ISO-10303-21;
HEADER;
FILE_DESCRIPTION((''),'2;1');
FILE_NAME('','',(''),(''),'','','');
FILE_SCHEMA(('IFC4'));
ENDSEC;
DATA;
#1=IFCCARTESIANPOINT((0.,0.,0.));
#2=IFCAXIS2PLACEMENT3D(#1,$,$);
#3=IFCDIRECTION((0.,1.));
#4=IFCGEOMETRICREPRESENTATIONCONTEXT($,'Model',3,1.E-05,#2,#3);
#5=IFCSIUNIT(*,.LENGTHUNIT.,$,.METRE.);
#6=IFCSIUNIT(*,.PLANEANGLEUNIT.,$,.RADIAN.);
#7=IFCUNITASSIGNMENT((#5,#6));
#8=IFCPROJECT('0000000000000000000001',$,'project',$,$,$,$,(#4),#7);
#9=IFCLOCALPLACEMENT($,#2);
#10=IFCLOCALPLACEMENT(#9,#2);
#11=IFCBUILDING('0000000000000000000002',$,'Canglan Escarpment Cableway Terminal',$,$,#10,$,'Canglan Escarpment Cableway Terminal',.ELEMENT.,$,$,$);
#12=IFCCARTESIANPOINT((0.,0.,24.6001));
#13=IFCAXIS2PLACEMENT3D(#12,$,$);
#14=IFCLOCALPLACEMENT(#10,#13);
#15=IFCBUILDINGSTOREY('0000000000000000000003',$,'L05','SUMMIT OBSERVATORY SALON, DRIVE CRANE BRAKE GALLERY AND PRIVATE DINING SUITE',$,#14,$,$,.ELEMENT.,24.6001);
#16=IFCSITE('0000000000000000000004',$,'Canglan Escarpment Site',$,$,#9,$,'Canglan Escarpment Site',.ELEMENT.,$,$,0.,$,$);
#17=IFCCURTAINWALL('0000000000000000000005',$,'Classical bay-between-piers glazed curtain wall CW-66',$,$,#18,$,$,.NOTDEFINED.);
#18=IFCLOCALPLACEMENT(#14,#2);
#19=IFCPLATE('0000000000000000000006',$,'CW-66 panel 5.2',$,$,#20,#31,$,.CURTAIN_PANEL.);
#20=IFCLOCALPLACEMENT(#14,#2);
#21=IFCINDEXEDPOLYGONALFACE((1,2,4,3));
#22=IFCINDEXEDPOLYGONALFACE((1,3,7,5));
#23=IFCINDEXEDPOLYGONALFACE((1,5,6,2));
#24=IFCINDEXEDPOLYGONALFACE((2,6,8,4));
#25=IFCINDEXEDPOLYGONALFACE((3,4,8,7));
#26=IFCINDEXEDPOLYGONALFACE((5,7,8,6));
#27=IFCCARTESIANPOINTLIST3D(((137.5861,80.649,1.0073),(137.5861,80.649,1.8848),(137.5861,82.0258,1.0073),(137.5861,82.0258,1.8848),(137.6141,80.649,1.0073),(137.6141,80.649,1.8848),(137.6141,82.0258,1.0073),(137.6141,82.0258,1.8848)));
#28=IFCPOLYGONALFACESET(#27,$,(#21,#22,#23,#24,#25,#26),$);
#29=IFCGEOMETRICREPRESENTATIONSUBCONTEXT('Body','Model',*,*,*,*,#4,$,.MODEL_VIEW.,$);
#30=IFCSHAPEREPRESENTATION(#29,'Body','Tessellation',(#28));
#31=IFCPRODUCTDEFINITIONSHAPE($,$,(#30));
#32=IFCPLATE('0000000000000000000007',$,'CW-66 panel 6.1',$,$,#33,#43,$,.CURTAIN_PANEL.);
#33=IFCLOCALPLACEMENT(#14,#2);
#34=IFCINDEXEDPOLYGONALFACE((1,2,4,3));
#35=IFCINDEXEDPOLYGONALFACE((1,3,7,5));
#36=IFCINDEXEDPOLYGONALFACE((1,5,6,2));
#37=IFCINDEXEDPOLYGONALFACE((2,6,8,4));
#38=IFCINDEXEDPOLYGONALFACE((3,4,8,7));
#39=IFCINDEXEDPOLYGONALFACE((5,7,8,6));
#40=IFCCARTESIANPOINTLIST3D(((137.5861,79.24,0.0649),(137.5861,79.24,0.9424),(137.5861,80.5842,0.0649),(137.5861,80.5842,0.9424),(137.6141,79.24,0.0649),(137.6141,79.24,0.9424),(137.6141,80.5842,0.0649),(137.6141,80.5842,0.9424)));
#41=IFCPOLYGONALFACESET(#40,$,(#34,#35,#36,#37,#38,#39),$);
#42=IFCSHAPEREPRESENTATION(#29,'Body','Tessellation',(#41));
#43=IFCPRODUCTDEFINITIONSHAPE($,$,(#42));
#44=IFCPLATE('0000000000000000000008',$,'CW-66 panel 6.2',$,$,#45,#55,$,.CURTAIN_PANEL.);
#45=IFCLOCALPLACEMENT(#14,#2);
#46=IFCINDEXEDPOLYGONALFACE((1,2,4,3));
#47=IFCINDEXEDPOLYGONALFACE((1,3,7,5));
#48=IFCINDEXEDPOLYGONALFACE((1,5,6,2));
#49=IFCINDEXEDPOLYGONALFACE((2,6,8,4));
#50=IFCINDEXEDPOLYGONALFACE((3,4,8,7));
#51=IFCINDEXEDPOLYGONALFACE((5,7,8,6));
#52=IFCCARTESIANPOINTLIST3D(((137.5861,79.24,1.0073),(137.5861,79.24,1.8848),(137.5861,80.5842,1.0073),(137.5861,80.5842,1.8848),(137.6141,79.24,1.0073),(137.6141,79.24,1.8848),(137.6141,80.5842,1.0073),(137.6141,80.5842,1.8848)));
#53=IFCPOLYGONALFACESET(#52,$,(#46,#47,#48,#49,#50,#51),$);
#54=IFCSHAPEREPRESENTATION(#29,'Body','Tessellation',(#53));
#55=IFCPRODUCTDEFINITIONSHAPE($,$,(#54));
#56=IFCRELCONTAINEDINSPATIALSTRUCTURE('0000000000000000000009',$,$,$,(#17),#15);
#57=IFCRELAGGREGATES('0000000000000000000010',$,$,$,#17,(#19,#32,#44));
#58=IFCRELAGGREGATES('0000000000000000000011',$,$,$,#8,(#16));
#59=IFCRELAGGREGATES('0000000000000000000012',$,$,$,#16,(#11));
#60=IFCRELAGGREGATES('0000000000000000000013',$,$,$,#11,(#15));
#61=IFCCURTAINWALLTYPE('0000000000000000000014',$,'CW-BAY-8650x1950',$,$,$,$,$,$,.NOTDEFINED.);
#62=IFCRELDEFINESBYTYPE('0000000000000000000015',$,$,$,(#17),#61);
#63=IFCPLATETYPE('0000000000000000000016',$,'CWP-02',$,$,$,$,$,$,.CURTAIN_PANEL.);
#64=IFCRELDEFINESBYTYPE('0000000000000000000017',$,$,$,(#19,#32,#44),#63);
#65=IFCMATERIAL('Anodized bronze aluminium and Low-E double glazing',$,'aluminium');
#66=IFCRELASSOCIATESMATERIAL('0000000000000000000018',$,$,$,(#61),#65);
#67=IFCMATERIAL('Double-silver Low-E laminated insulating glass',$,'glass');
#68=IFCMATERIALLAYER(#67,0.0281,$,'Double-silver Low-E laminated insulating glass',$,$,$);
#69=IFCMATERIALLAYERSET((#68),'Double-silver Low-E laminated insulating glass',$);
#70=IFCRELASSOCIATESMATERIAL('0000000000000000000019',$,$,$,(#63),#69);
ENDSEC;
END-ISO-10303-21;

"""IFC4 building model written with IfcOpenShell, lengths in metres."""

from ifc_helpers import new_model, si_unit, direction, frame, origin, origin_2d, place, context, subcontext, project, spatial, rectangle, extrude, material, layer, layer_set, type_object, element, aggregate, save


model = new_model("IFC4")

# Units and contexts
model_context = context("Model", 3, precision=1e-05, world=origin(), true_north=direction((0.0, 1.0)))
body_context = subcontext(model_context, "Body", "Model", "MODEL_VIEW")
ifc_project = project(units=[si_unit("LENGTHUNIT", "METRE"), si_unit("PLANEANGLEUNIT", "RADIAN")], contexts=[model_context])

# Site, building, storey
site_placement = place(None, origin())
site = spatial("IfcSite", under=ifc_project, at=site_placement, Name="Canglan Escarpment Site", LongName="Canglan Escarpment Site", CompositionType="ELEMENT", RefElevation=0.0)
building_placement = place(site_placement, origin())
building = spatial("IfcBuilding", under=site, at=building_placement, Name="Canglan Escarpment Cableway Terminal", LongName="Canglan Escarpment Cableway Terminal", CompositionType="ELEMENT")
storey_placement = place(building_placement, frame((0.0, 0.0, 24.6001)))
storey = spatial("IfcBuildingStorey", under=building, at=storey_placement, Name="L05", Description="SUMMIT OBSERVATORY SALON, DRIVE CRANE BRAKE GALLERY AND PRIVATE DINING SUITE", CompositionType="ELEMENT", Elevation=24.6001)

# Curtain wall, plates
ifc_material_1 = material(Name="Anodized bronze aluminium and Low-E double glazing", Category="aluminium")
curtain_wall_type = type_object("IfcCurtainWallType", Name="CW-BAY-8650x1950", PredefinedType="NOTDEFINED", material=ifc_material_1)
curtain_wall_placement = place(storey_placement, origin())
curtain_wall = element("IfcCurtainWall", 1, at=curtain_wall_placement, inside=storey, type_object=curtain_wall_type, Name="Classical bay-between-piers glazed curtain wall CW-66", PredefinedType="NOTDEFINED")
ifc_material_2 = material(Name="Double-silver Low-E laminated insulating glass", Category="glass")
ifc_layer = layer(ifc_material_2, 0.0281, Name="Double-silver Low-E laminated insulating glass")
ifc_layer_set = layer_set([ifc_layer], Name="Double-silver Low-E laminated insulating glass")
plate_type = type_object("IfcPlateType", Name="CWP-02", PredefinedType="CURTAIN_PANEL", material=ifc_layer_set)
plate_1_placement = place(storey_placement, frame((137.6001, 81.3374, 1.0073), z_axis=(0.0, 0.0, 1.0), x_axis=(0.0, -1.0, 0.0)))
plate_1 = element("IfcPlate", 2, at=plate_1_placement, type_object=plate_type, Name="CW-66 panel 5.2", PredefinedType="CURTAIN_PANEL", context=body_context, shape_type="SweptSolid", body=[
    extrude(rectangle(XDim=1.3767, YDim=0.0281, at=origin_2d()), origin(), (0.0, 0.0, 1.0), 0.8774),
])
plate_2_placement = place(storey_placement, frame((137.6001, 79.9121, 0.0649), z_axis=(0.0, 0.0, 1.0), x_axis=(0.0, -1.0, 0.0)))
plate_2 = element("IfcPlate", 3, at=plate_2_placement, type_object=plate_type, Name="CW-66 panel 6.1", PredefinedType="CURTAIN_PANEL", context=body_context, shape_type="SweptSolid", body=[
    extrude(rectangle(XDim=1.3442, YDim=0.0281, at=origin_2d()), origin(), (0.0, 0.0, 1.0), 0.8774),
])
plate_3_placement = place(storey_placement, frame((137.6001, 79.9121, 1.0073), z_axis=(0.0, 0.0, 1.0), x_axis=(0.0, -1.0, 0.0)))
plate_3 = element("IfcPlate", 4, at=plate_3_placement, type_object=plate_type, Name="CW-66 panel 6.2", PredefinedType="CURTAIN_PANEL", context=body_context, shape_type="SweptSolid", body=[
    extrude(rectangle(XDim=1.3442, YDim=0.0281, at=origin_2d()), origin(), (0.0, 0.0, 1.0), 0.8774),
])
aggregate(curtain_wall, [plate_1, plate_2, plate_3])

save(model, "model.ifc")
